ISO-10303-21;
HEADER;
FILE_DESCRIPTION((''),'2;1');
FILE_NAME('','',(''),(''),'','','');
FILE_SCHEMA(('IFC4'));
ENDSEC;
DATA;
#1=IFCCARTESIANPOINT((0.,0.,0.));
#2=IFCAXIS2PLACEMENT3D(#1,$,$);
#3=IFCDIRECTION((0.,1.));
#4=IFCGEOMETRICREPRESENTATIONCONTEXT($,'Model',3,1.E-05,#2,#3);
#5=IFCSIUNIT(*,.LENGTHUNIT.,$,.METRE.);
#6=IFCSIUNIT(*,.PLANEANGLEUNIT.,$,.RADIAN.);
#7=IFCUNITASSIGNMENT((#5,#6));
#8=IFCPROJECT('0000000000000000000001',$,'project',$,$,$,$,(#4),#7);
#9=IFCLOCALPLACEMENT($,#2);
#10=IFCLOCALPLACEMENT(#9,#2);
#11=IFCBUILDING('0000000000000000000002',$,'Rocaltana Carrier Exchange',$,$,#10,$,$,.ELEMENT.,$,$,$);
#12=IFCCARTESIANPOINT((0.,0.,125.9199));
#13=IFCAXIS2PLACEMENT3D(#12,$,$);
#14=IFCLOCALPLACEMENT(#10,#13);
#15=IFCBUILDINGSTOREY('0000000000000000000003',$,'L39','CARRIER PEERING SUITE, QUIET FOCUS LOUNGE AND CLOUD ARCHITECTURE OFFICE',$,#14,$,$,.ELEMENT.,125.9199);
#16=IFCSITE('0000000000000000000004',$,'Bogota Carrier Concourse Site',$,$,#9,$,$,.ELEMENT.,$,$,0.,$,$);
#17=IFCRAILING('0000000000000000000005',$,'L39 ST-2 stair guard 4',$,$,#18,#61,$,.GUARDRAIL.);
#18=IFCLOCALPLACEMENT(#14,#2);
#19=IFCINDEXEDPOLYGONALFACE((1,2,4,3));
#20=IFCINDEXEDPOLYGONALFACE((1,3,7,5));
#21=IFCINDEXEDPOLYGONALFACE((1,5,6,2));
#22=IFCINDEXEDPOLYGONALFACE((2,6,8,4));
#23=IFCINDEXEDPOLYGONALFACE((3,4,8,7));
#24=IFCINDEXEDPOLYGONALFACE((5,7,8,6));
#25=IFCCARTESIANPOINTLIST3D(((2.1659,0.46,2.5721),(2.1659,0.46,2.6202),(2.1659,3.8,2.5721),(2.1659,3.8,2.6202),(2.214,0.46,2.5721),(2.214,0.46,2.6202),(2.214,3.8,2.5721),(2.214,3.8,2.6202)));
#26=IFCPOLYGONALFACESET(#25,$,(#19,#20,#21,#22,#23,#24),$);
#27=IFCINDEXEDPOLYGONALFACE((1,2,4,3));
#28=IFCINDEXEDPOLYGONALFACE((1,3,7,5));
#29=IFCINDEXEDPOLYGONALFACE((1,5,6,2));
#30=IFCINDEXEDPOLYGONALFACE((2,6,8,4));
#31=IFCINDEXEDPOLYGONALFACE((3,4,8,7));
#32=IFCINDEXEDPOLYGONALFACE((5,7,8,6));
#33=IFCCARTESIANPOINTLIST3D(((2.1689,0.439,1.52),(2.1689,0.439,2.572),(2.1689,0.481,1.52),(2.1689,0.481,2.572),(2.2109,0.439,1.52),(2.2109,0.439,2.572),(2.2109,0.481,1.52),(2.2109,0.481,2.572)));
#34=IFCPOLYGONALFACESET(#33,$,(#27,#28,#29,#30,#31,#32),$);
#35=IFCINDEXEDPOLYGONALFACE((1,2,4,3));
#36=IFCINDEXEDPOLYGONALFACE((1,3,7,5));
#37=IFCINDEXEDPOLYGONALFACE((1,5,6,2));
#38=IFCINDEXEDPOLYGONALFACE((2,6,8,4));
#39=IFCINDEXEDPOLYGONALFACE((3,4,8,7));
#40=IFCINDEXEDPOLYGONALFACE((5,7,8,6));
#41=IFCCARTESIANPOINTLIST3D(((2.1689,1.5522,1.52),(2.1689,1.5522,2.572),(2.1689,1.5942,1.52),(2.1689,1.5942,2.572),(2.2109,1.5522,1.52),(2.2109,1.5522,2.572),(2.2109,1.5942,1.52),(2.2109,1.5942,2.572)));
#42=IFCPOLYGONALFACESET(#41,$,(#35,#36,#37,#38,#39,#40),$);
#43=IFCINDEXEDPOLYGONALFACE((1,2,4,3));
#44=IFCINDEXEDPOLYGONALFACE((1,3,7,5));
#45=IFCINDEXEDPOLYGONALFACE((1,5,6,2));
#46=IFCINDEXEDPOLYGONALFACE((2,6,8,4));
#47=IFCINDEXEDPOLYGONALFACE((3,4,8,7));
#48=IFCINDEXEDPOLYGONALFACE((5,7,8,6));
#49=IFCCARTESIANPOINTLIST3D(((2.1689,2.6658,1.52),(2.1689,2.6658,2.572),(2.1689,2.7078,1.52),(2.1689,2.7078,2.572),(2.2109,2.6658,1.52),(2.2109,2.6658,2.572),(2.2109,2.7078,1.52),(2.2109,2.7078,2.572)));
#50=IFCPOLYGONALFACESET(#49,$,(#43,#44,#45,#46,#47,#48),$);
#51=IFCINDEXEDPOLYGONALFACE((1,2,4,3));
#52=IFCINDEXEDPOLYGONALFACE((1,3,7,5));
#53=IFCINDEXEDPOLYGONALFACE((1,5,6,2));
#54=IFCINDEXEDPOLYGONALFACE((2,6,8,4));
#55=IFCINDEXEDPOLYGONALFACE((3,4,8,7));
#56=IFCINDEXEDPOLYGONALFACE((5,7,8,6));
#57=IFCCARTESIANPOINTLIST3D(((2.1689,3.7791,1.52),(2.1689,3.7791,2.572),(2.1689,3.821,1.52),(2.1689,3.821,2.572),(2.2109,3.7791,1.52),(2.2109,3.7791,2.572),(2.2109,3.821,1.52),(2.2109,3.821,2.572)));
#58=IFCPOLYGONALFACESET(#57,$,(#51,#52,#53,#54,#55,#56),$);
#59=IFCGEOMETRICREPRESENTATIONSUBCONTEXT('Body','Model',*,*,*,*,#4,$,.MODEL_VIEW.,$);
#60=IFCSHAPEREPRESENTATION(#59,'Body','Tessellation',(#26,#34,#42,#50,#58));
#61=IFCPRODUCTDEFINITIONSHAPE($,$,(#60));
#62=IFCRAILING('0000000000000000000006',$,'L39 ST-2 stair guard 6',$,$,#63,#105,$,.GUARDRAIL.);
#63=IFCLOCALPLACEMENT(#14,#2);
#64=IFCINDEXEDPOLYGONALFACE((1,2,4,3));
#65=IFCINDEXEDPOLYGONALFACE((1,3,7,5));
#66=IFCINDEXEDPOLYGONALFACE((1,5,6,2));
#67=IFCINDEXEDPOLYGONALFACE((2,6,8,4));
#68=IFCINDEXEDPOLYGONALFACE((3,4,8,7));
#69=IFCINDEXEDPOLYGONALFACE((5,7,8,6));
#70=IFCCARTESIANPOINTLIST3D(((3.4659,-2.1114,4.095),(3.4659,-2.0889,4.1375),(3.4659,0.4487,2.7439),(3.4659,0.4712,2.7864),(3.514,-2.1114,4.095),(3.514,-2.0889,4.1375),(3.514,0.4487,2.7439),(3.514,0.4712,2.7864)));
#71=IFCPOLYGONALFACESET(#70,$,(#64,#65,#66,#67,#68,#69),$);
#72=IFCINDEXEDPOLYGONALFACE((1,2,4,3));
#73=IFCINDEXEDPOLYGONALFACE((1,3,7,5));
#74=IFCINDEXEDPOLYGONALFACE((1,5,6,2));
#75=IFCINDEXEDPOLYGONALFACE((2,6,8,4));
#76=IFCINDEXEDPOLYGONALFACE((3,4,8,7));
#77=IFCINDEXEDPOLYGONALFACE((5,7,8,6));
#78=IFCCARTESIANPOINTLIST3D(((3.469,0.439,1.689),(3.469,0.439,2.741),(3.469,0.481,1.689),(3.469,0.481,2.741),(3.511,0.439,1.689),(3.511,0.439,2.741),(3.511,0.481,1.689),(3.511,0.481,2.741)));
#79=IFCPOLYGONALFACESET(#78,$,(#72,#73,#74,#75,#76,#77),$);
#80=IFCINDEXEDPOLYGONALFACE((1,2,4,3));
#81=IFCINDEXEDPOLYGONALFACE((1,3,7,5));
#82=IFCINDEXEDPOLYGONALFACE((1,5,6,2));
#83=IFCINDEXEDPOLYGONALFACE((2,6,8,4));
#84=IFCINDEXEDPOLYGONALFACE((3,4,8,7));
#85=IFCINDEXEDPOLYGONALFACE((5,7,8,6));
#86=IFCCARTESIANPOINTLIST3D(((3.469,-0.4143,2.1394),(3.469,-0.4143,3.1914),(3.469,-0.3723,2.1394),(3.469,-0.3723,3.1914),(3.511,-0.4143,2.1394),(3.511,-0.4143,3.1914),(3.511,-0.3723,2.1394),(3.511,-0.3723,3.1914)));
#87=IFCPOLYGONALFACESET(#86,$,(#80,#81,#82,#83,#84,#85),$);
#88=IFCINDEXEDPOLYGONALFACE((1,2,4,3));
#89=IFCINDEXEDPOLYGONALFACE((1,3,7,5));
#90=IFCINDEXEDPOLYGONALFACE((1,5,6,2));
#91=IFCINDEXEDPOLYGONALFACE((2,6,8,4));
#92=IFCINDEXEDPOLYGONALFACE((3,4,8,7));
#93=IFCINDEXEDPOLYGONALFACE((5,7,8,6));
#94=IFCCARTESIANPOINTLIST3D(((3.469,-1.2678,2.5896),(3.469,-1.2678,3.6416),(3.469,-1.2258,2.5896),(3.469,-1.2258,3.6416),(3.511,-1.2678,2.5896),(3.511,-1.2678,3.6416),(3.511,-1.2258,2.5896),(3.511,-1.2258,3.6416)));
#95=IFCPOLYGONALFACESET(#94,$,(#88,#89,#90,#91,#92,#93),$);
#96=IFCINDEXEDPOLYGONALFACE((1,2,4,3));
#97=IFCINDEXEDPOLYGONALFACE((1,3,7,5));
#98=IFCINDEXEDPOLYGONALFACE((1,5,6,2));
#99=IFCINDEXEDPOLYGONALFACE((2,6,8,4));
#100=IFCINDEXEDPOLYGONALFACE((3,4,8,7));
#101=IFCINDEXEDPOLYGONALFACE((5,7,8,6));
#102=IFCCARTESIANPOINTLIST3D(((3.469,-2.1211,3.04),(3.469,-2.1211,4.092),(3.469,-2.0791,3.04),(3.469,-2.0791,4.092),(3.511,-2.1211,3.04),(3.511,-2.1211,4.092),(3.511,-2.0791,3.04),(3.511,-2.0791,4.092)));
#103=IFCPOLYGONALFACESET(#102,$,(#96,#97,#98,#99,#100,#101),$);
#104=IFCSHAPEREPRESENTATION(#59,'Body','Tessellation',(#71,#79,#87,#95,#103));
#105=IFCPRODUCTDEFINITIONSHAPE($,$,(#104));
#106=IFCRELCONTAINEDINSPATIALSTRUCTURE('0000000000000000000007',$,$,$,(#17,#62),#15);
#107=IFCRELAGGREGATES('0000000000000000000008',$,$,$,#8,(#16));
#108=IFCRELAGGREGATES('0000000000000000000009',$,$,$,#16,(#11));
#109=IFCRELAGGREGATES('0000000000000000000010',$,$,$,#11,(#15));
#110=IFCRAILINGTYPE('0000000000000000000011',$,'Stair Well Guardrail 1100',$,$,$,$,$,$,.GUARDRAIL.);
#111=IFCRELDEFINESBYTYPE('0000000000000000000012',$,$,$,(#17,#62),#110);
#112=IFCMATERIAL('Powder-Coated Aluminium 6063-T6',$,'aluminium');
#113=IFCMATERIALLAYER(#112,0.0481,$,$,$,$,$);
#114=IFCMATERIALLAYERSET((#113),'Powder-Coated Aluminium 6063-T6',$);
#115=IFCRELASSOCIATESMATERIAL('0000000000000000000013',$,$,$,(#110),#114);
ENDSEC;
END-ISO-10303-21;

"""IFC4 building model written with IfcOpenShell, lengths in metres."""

from ifc_helpers import new_model, si_unit, direction, frame, origin, origin_2d, place, context, subcontext, project, spatial, rectangle, extrude, material, layer, layer_set, type_object, element, save


model = new_model("IFC4")

# Units and contexts
model_context = context("Model", 3, precision=1e-05, world=origin(), true_north=direction((0.0, 1.0)))
body_context = subcontext(model_context, "Body", "Model", "MODEL_VIEW")
ifc_project = project(units=[si_unit("LENGTHUNIT", "METRE"), si_unit("PLANEANGLEUNIT", "RADIAN")], contexts=[model_context])

# Site, building, storey
site_placement = place(None, origin())
site = spatial("IfcSite", under=ifc_project, at=site_placement, Name="Bogota Carrier Concourse Site", CompositionType="ELEMENT", RefElevation=0.0)
building_placement = place(site_placement, origin())
building = spatial("IfcBuilding", under=site, at=building_placement, Name="Rocaltana Carrier Exchange", CompositionType="ELEMENT")
storey_placement = place(building_placement, frame((0.0, 0.0, 125.9199)))
storey = spatial("IfcBuildingStorey", under=building, at=storey_placement, Name="L39", Description="CARRIER PEERING SUITE, QUIET FOCUS LOUNGE AND CLOUD ARCHITECTURE OFFICE", CompositionType="ELEMENT", Elevation=125.9199)

# Railings
ifc_material_1 = material(Name="Powder-Coated Aluminium 6063-T6", Category="aluminium")
ifc_layer_1 = layer(ifc_material_1, 0.0481)
ifc_layer_set_1 = layer_set([ifc_layer_1], Name="Powder-Coated Aluminium 6063-T6")
railing_type_1 = type_object("IfcRailingType", Name="Stair Well Guardrail 1100", PredefinedType="GUARDRAIL", material=ifc_layer_set_1)
for number, where, name in (
    (1, (2.1899, 0.46, 1.52), "L39 ST-2 stair guard 4"),
):
    element("IfcRailing", number, at=place(storey_placement, frame(where)), inside=storey, type_object=railing_type_1, Name=name, PredefinedType="GUARDRAIL", context=body_context, shape_type="SweptSolid", body=[
        extrude(rectangle(XDim=0.0481, YDim=0.0481, at=origin_2d()), frame((0.0, 0.0, 1.0762), z_axis=(0.0, 1.0, 0.0), x_axis=(-1.0, 0.0, 0.0)), (0.0, 0.0, 1.0), 3.3401),
        extrude(rectangle(XDim=0.042, YDim=0.042, at=origin_2d()), origin(), (0.0, 0.0, 1.0), 1.052),
        extrude(rectangle(XDim=0.042, YDim=0.042, at=origin_2d()), frame((0.0, 1.1133, 0.0)), (0.0, 0.0, 1.0), 1.052),
        extrude(rectangle(XDim=0.042, YDim=0.042, at=origin_2d()), frame((0.0, 2.2268, 0.0)), (0.0, 0.0, 1.0), 1.052),
        extrude(rectangle(XDim=0.042, YDim=0.042, at=origin_2d()), frame((0.0, 3.3401, 0.0)), (0.0, 0.0, 1.0), 1.052),
    ])
railing_1_placement = place(storey_placement, frame((3.49, 0.46, 1.689)))
element("IfcRailing", 2, at=railing_1_placement, inside=storey, type_object=railing_type_1, Name="L39 ST-2 stair guard 6", PredefinedType="GUARDRAIL", context=body_context, shape_type="SweptSolid", body=[
    extrude(rectangle(XDim=0.0481, YDim=0.0481, at=origin_2d()), frame((0.0, 0.0, 1.0762), z_axis=(0.0, -0.884394, 0.46674), x_axis=(1.0, 0.0, 0.0)), (0.0, 0.0, 1.0), 2.8948),
    extrude(rectangle(XDim=0.042, YDim=0.042, at=origin_2d()), origin(), (0.0, 0.0, 1.0), 1.052),
    extrude(rectangle(XDim=0.042, YDim=0.042, at=origin_2d()), frame((0.0, -0.8533, 0.4504)), (0.0, 0.0, 1.0), 1.052),
    extrude(rectangle(XDim=0.042, YDim=0.042, at=origin_2d()), frame((0.0, -1.7068, 0.9006)), (0.0, 0.0, 1.0), 1.052),
    extrude(rectangle(XDim=0.042, YDim=0.042, at=origin_2d()), frame((0.0, -2.5601, 1.3511)), (0.0, 0.0, 1.0), 1.052),
])

save(model, "model.ifc")
